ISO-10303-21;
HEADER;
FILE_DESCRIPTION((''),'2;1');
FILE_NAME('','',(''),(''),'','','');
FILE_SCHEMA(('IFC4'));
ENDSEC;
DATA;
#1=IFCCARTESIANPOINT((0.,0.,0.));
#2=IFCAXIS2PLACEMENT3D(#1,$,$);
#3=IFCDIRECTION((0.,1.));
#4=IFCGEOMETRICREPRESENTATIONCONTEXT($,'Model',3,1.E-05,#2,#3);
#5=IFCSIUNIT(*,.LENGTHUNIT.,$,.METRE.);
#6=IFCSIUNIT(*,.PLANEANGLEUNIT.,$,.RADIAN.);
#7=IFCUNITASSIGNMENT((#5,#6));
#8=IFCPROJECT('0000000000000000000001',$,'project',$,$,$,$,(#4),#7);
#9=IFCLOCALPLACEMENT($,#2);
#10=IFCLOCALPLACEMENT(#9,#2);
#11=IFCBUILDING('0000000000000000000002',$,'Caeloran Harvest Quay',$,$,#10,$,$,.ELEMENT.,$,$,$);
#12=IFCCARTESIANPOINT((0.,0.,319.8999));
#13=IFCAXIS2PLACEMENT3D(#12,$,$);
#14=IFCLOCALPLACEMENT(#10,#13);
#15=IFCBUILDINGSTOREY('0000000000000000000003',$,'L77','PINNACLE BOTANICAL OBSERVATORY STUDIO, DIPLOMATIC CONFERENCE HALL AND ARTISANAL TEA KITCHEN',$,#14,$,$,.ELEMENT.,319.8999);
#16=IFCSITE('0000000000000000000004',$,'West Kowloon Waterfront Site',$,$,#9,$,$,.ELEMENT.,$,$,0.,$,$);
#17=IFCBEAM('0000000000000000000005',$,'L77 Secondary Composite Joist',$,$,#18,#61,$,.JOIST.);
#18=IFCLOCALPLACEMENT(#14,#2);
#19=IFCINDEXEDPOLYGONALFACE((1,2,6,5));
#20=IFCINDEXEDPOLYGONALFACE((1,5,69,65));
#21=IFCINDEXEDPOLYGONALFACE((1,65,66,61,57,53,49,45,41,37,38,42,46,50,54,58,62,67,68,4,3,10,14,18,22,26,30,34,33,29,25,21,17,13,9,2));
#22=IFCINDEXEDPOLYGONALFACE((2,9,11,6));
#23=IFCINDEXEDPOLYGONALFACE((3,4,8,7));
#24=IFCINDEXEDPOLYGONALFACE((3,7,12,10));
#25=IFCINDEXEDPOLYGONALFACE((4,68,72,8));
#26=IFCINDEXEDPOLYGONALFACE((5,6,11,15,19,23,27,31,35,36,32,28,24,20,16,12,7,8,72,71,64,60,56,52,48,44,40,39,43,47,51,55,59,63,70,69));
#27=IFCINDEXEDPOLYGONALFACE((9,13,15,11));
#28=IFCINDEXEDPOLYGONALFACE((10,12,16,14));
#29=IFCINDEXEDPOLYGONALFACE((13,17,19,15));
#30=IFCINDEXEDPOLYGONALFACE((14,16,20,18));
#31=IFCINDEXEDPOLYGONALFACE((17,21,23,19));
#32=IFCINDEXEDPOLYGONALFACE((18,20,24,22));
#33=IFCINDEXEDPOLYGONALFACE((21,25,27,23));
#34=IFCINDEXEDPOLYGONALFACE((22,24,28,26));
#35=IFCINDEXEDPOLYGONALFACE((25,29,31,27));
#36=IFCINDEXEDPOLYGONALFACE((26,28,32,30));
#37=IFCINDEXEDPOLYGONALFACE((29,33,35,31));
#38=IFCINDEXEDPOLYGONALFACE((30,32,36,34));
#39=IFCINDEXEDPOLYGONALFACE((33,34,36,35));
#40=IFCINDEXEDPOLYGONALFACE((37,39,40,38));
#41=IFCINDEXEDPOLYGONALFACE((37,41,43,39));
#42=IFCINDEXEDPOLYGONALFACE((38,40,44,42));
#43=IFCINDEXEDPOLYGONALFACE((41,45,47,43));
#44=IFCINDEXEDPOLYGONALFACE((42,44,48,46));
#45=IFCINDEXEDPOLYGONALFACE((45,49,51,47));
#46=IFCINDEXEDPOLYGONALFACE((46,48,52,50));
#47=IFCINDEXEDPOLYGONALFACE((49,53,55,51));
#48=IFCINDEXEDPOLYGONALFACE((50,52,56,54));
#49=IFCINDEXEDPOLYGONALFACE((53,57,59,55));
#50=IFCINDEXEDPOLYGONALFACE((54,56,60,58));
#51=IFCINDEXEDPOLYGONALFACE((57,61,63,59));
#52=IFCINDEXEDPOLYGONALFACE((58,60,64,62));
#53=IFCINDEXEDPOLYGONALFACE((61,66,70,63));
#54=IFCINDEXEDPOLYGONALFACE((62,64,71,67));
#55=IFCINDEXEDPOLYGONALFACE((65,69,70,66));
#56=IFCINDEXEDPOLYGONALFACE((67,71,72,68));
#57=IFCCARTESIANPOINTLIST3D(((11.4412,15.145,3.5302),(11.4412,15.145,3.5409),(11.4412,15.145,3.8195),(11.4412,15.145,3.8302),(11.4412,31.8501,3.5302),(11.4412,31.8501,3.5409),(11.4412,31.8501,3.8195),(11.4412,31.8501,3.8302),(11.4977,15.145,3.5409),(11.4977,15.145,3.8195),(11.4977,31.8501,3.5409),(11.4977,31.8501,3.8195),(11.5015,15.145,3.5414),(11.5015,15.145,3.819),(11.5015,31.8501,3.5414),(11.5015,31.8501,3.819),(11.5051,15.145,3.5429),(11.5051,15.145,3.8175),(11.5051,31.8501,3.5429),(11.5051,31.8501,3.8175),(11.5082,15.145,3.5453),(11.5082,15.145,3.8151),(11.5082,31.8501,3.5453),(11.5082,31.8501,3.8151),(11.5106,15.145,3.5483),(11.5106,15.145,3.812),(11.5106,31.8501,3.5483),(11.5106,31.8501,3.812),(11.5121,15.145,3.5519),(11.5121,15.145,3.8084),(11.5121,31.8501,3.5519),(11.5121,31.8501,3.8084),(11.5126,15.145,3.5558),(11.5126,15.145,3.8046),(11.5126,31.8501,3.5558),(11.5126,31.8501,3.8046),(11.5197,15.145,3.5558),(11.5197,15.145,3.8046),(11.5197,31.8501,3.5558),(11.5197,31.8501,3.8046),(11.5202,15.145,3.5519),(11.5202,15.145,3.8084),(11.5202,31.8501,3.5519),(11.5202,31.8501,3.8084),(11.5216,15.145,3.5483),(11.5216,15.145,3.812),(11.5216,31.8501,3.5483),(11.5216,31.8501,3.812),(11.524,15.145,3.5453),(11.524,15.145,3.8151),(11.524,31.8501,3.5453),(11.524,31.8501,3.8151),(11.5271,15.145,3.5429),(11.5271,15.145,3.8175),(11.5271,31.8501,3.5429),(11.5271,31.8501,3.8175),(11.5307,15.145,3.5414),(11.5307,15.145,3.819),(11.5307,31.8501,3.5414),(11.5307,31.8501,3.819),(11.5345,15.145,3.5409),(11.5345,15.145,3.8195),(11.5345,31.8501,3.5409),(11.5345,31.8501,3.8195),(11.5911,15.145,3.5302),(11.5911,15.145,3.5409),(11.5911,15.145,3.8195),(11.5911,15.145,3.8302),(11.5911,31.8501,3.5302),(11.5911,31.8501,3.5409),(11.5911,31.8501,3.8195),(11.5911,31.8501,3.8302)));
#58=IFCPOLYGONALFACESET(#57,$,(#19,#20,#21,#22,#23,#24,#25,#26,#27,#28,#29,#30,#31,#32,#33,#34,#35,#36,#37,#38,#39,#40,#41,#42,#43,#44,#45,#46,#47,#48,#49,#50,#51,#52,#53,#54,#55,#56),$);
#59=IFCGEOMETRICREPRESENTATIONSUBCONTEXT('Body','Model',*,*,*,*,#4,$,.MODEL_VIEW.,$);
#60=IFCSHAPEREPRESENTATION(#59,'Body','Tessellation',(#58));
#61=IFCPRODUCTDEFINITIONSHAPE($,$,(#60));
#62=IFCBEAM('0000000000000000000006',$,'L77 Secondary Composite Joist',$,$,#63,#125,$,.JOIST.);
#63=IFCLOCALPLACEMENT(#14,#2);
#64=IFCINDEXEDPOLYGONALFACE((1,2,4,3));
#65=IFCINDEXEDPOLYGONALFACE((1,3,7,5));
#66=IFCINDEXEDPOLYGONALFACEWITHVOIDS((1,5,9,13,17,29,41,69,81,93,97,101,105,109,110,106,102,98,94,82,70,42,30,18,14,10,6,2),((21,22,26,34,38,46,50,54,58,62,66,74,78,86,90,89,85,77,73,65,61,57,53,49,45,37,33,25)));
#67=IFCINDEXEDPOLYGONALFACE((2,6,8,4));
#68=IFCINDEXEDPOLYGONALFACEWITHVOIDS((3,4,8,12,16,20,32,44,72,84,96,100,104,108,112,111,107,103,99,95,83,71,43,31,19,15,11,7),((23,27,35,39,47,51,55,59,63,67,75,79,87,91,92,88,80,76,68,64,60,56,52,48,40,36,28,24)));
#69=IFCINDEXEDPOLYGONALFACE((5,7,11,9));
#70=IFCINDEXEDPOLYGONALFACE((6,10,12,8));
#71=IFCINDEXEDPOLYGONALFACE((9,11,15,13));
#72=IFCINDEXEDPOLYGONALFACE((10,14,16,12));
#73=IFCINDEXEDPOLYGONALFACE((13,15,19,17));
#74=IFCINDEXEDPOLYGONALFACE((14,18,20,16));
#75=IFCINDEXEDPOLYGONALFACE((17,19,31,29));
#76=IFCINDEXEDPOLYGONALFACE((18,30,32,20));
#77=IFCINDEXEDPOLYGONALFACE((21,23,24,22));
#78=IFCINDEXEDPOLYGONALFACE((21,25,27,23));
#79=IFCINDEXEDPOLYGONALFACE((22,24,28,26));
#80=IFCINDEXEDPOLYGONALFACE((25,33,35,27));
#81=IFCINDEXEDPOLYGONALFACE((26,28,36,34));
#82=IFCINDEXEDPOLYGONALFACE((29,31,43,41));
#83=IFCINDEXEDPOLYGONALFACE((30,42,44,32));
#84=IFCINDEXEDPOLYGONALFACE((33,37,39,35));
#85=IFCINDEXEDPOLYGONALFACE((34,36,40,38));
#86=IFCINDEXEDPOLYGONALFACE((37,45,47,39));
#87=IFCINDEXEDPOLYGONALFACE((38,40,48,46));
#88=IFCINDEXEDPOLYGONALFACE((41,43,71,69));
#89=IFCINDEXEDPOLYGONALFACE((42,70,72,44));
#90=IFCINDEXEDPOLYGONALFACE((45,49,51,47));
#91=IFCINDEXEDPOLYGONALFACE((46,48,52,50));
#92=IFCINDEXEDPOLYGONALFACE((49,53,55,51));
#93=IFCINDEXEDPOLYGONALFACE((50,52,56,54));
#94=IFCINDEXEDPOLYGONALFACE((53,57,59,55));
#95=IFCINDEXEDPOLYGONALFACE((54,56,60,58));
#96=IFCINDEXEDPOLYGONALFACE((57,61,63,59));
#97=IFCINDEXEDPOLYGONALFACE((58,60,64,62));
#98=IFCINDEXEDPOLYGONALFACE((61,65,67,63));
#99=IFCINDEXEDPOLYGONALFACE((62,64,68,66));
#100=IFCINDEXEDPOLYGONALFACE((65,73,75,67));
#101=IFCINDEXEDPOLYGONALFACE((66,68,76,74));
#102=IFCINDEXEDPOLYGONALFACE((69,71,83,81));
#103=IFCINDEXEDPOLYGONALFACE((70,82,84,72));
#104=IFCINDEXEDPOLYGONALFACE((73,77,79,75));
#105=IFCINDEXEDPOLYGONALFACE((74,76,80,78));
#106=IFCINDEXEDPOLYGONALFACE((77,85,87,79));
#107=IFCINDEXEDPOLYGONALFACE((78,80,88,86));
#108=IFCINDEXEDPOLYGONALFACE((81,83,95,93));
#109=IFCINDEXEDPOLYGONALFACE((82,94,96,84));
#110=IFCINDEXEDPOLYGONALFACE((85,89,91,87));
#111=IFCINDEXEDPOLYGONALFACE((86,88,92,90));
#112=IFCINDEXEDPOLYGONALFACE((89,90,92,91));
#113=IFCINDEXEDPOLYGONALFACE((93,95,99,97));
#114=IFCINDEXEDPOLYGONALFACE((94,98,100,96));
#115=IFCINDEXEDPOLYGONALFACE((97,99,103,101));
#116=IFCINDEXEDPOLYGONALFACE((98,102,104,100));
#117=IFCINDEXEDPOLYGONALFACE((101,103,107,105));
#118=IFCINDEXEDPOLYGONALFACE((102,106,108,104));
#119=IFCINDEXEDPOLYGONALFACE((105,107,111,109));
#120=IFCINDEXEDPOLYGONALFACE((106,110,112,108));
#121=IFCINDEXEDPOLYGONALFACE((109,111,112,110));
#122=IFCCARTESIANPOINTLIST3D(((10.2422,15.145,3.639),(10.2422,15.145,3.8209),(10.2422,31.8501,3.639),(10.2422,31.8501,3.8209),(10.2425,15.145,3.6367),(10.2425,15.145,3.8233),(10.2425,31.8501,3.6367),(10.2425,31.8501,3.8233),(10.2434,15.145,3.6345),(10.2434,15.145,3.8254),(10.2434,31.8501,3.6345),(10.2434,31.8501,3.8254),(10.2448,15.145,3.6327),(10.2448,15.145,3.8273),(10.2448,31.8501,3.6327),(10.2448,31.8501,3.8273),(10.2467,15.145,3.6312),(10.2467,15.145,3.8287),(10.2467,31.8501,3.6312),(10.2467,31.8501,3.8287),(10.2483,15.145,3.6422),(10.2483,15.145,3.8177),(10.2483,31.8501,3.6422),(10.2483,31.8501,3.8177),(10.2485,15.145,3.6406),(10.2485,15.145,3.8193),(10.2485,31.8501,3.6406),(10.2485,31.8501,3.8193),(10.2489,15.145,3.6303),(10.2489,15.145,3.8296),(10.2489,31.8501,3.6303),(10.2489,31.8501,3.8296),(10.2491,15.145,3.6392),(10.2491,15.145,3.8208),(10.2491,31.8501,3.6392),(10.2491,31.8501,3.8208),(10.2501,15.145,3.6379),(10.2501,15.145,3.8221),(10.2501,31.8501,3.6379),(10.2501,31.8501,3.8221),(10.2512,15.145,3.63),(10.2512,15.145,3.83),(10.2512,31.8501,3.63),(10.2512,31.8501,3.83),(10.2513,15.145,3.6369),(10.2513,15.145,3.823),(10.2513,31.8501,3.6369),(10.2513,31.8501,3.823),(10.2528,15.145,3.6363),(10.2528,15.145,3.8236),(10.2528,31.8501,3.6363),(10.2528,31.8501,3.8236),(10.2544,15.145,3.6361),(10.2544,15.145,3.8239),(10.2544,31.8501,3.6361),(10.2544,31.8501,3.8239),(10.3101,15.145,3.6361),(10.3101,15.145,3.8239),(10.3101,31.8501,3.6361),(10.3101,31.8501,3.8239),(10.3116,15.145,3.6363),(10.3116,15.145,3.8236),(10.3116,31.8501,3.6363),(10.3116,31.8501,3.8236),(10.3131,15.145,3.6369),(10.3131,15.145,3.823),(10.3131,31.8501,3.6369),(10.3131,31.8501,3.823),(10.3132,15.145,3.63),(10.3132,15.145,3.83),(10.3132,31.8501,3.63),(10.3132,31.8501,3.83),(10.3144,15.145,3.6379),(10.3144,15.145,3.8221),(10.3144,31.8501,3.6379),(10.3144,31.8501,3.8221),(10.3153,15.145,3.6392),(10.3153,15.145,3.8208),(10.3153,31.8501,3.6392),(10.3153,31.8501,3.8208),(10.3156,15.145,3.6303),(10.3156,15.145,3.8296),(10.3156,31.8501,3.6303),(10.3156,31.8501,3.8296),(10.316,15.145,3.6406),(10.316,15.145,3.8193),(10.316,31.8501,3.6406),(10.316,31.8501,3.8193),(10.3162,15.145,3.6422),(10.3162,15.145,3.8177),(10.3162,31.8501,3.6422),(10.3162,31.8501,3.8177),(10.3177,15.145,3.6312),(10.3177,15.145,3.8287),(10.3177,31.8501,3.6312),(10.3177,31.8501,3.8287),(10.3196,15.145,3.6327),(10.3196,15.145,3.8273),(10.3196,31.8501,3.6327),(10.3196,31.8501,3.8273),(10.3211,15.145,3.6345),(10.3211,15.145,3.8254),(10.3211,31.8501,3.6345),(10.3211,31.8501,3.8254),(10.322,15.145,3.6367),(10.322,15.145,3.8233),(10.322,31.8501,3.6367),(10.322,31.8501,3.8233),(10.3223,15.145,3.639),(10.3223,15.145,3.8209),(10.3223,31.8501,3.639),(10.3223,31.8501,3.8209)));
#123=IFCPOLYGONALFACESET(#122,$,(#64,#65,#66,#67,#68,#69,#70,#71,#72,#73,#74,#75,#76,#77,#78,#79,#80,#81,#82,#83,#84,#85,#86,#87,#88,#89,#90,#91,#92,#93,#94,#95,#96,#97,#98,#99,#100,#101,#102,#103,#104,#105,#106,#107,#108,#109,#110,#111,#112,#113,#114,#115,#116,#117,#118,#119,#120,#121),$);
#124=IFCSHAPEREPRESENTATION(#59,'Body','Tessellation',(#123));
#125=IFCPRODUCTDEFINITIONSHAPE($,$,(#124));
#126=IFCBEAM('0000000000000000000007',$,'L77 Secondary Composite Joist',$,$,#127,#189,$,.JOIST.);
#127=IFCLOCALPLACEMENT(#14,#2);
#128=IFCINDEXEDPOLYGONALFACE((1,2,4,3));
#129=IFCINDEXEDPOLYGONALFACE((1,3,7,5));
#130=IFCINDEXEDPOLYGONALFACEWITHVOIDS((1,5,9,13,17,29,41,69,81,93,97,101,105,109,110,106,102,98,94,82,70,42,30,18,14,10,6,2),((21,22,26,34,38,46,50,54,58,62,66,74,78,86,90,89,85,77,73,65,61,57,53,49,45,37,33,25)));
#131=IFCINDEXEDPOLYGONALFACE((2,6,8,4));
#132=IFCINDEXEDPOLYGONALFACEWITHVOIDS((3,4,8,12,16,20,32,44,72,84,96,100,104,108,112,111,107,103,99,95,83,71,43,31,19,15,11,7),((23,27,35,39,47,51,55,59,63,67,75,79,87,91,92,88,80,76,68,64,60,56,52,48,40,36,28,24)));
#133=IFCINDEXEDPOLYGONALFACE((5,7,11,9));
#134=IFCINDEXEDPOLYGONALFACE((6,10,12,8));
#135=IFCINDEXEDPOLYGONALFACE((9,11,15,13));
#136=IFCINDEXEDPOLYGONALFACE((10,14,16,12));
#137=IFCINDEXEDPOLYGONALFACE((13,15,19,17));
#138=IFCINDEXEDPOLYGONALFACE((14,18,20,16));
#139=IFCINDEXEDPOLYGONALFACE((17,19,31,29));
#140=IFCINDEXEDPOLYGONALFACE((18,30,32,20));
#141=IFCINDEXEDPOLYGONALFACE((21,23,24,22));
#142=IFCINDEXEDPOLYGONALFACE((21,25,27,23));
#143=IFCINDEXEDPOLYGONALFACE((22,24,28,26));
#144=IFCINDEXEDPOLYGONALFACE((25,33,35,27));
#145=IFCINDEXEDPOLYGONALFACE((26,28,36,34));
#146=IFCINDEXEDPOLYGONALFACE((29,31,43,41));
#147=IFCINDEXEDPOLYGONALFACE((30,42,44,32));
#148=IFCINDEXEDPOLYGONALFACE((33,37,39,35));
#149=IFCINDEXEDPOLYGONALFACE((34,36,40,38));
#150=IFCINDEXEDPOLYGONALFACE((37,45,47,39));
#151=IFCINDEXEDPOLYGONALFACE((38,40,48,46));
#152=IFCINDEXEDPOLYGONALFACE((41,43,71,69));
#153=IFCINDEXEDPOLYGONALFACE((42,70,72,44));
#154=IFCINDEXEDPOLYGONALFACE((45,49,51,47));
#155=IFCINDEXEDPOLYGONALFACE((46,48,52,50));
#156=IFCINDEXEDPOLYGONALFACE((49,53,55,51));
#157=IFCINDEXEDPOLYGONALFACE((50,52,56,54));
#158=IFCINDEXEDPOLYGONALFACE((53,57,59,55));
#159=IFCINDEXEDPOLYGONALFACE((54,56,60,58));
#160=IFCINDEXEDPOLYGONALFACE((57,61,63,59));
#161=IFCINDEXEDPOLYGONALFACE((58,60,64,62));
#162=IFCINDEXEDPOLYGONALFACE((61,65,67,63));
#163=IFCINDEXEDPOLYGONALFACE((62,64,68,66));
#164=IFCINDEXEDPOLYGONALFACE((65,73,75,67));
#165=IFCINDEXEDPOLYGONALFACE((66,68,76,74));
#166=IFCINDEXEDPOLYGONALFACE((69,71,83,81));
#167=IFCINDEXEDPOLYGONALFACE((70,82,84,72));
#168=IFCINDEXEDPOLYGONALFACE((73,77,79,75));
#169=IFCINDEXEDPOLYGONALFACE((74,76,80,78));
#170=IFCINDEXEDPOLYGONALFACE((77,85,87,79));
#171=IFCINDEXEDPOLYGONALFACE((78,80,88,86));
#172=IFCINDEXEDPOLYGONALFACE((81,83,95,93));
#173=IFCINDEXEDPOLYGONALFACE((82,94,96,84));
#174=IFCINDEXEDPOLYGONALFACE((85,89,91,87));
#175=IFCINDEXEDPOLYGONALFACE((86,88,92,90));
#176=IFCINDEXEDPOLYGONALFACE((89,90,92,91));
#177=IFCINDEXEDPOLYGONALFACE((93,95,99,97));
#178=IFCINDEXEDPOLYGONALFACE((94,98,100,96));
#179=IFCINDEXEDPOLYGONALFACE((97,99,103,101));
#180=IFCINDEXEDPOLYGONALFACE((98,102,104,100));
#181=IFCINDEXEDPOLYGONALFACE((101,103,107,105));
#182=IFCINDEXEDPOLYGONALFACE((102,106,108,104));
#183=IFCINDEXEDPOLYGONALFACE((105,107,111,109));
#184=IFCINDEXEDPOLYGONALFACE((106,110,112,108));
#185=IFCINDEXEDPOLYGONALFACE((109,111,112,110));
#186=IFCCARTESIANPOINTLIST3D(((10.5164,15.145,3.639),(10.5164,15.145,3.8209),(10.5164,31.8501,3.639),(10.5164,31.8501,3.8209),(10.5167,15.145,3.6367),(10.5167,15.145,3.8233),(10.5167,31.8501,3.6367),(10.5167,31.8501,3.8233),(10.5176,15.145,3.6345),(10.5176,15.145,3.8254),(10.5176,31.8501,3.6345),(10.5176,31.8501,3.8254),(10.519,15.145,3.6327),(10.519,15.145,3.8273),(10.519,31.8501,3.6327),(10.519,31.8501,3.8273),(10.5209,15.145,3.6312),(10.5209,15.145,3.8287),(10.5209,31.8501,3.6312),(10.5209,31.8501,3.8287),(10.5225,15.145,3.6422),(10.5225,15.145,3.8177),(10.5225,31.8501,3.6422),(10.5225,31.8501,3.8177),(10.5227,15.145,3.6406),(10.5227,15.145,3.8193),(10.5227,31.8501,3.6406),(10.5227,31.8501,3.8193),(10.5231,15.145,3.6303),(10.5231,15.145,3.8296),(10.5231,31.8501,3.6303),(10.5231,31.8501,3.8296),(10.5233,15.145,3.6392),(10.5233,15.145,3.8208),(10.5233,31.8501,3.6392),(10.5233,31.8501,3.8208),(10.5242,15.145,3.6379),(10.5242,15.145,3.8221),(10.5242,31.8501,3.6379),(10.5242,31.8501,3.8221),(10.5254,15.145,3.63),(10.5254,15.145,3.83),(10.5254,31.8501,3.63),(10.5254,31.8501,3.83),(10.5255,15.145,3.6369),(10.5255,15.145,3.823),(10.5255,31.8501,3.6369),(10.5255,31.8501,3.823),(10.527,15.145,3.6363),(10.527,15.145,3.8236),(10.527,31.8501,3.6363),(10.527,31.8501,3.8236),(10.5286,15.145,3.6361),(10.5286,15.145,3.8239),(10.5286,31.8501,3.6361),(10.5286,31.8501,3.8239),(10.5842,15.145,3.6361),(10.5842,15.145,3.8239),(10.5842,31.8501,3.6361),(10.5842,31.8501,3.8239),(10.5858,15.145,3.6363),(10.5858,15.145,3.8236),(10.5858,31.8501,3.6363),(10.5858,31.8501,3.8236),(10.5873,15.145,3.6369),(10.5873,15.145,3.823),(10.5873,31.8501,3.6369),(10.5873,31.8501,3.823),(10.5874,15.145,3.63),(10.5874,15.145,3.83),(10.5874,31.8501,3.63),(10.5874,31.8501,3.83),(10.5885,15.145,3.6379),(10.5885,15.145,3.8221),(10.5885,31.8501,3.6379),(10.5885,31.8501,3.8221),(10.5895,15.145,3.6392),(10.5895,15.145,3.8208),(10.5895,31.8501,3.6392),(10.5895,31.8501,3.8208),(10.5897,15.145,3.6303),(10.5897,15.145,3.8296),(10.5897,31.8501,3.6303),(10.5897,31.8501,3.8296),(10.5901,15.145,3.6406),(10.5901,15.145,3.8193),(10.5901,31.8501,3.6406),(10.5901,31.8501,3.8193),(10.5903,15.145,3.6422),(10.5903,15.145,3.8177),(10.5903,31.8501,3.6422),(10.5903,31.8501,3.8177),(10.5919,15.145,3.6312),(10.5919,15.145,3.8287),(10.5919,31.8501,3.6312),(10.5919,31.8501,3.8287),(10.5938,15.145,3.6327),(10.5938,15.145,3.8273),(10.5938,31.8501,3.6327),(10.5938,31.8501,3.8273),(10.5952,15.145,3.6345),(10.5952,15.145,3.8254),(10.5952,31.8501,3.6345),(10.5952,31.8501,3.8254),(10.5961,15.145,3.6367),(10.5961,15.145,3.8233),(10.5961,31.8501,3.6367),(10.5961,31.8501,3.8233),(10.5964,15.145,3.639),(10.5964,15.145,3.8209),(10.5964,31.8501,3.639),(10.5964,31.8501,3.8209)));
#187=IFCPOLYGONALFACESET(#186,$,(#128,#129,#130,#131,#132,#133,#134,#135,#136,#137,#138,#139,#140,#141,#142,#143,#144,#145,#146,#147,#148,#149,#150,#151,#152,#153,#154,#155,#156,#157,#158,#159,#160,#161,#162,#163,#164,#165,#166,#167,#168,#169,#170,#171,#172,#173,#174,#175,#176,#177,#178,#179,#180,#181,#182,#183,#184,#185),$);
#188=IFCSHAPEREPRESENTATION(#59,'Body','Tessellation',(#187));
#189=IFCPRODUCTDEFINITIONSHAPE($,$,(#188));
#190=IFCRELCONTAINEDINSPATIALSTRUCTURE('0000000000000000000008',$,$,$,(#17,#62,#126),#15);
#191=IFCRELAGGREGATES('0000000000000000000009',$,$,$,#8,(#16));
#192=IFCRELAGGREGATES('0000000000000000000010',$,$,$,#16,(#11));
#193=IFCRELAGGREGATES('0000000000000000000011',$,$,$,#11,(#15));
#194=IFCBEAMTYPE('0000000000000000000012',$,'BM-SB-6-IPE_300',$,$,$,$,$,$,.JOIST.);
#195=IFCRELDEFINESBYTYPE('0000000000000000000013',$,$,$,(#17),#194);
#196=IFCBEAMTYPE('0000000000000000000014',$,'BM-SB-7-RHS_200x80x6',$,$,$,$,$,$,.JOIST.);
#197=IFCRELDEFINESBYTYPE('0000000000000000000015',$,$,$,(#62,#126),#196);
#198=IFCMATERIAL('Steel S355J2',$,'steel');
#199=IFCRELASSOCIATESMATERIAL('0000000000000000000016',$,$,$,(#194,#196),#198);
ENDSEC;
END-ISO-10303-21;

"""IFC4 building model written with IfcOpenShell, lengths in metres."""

from ifc_helpers import new_model, si_unit, direction, frame, origin, origin_2d, place, context, subcontext, project, spatial, hollow_rectangle, i_section, extrude, material, material_profile, profile_set, type_object, element, save


model = new_model("IFC4")

# Units and contexts
model_context = context("Model", 3, precision=1e-05, world=origin(), true_north=direction((0.0, 1.0)))
body_context = subcontext(model_context, "Body", "Model", "MODEL_VIEW")
ifc_project = project(units=[si_unit("LENGTHUNIT", "METRE"), si_unit("PLANEANGLEUNIT", "RADIAN")], contexts=[model_context])

# Site, building, storey
site_placement = place(None, origin())
site = spatial("IfcSite", under=ifc_project, at=site_placement, Name="West Kowloon Waterfront Site", CompositionType="ELEMENT", RefElevation=0.0)
building_placement = place(site_placement, origin())
building = spatial("IfcBuilding", under=site, at=building_placement, Name="Caeloran Harvest Quay", CompositionType="ELEMENT")
storey_placement = place(building_placement, frame((0.0, 0.0, 319.8999)))
storey = spatial("IfcBuildingStorey", under=building, at=storey_placement, Name="L77", Description="PINNACLE BOTANICAL OBSERVATORY STUDIO, DIPLOMATIC CONFERENCE HALL AND ARTISANAL TEA KITCHEN", CompositionType="ELEMENT", Elevation=319.8999)

# Beams
ifc_material_1 = material(Name="Steel S355J2", Category="steel")
ifc_material_profile_1 = material_profile(ifc_material_1, i_section(OverallWidth=0.1499, OverallDepth=0.3, WebThickness=0.0071, FlangeThickness=0.0107, FilletRadius=0.0149, at=origin_2d()), Name="IPE 300")
ifc_profile_set_1 = profile_set([ifc_material_profile_1], Name="Steel S355J2")
beam_type_1 = type_object("IfcBeamType", Name="BM-SB-6-IPE_300", PredefinedType="JOIST", material=ifc_profile_set_1)
for number, where, z_axis, x_axis, name in (
    (1, (11.5161, 15.145, 3.6802), (0.0, 1.0, 0.0), (-1.0, 0.0, 0.0), "L77 Secondary Composite Joist"),
):
    element("IfcBeam", number, at=place(storey_placement, frame(where, z_axis=z_axis, x_axis=x_axis)), inside=storey, type_object=beam_type_1, Name=name, PredefinedType="JOIST", context=body_context, shape_type="SweptSolid", body=[
        extrude(i_section(OverallWidth=0.1499, OverallDepth=0.3, WebThickness=0.0071, FlangeThickness=0.0107, FilletRadius=0.0149, at=origin_2d()), origin(), (0.0, 0.0, 1.0), 16.7051),
    ])
ifc_material_profile_2 = material_profile(ifc_material_1, hollow_rectangle(XDim=0.0801, YDim=0.2, WallThickness=0.0061, InnerFilletRadius=0.0061, OuterFilletRadius=0.009, at=origin_2d()), Name="RHS 200x80x6")
ifc_profile_set_2 = profile_set([ifc_material_profile_2], Name="Steel S355J2")
beam_type_2 = type_object("IfcBeamType", Name="BM-SB-7-RHS_200x80x6", PredefinedType="JOIST", material=ifc_profile_set_2)
for number, where, z_axis, x_axis, name in (
    (2, (10.2822, 15.145, 3.73), (0.0, 1.0, 0.0), (-1.0, 0.0, 0.0), "L77 Secondary Composite Joist"),
    (3, (10.5564, 15.145, 3.73), (0.0, 1.0, 0.0), (-1.0, 0.0, 0.0), "L77 Secondary Composite Joist"),
):
    element("IfcBeam", number, at=place(storey_placement, frame(where, z_axis=z_axis, x_axis=x_axis)), inside=storey, type_object=beam_type_2, Name=name, PredefinedType="JOIST", context=body_context, shape_type="SweptSolid", body=[
        extrude(hollow_rectangle(XDim=0.0801, YDim=0.2, WallThickness=0.0061, InnerFilletRadius=0.0061, OuterFilletRadius=0.009, at=origin_2d()), origin(), (0.0, 0.0, 1.0), 16.7051),
    ])

save(model, "model.ifc")
